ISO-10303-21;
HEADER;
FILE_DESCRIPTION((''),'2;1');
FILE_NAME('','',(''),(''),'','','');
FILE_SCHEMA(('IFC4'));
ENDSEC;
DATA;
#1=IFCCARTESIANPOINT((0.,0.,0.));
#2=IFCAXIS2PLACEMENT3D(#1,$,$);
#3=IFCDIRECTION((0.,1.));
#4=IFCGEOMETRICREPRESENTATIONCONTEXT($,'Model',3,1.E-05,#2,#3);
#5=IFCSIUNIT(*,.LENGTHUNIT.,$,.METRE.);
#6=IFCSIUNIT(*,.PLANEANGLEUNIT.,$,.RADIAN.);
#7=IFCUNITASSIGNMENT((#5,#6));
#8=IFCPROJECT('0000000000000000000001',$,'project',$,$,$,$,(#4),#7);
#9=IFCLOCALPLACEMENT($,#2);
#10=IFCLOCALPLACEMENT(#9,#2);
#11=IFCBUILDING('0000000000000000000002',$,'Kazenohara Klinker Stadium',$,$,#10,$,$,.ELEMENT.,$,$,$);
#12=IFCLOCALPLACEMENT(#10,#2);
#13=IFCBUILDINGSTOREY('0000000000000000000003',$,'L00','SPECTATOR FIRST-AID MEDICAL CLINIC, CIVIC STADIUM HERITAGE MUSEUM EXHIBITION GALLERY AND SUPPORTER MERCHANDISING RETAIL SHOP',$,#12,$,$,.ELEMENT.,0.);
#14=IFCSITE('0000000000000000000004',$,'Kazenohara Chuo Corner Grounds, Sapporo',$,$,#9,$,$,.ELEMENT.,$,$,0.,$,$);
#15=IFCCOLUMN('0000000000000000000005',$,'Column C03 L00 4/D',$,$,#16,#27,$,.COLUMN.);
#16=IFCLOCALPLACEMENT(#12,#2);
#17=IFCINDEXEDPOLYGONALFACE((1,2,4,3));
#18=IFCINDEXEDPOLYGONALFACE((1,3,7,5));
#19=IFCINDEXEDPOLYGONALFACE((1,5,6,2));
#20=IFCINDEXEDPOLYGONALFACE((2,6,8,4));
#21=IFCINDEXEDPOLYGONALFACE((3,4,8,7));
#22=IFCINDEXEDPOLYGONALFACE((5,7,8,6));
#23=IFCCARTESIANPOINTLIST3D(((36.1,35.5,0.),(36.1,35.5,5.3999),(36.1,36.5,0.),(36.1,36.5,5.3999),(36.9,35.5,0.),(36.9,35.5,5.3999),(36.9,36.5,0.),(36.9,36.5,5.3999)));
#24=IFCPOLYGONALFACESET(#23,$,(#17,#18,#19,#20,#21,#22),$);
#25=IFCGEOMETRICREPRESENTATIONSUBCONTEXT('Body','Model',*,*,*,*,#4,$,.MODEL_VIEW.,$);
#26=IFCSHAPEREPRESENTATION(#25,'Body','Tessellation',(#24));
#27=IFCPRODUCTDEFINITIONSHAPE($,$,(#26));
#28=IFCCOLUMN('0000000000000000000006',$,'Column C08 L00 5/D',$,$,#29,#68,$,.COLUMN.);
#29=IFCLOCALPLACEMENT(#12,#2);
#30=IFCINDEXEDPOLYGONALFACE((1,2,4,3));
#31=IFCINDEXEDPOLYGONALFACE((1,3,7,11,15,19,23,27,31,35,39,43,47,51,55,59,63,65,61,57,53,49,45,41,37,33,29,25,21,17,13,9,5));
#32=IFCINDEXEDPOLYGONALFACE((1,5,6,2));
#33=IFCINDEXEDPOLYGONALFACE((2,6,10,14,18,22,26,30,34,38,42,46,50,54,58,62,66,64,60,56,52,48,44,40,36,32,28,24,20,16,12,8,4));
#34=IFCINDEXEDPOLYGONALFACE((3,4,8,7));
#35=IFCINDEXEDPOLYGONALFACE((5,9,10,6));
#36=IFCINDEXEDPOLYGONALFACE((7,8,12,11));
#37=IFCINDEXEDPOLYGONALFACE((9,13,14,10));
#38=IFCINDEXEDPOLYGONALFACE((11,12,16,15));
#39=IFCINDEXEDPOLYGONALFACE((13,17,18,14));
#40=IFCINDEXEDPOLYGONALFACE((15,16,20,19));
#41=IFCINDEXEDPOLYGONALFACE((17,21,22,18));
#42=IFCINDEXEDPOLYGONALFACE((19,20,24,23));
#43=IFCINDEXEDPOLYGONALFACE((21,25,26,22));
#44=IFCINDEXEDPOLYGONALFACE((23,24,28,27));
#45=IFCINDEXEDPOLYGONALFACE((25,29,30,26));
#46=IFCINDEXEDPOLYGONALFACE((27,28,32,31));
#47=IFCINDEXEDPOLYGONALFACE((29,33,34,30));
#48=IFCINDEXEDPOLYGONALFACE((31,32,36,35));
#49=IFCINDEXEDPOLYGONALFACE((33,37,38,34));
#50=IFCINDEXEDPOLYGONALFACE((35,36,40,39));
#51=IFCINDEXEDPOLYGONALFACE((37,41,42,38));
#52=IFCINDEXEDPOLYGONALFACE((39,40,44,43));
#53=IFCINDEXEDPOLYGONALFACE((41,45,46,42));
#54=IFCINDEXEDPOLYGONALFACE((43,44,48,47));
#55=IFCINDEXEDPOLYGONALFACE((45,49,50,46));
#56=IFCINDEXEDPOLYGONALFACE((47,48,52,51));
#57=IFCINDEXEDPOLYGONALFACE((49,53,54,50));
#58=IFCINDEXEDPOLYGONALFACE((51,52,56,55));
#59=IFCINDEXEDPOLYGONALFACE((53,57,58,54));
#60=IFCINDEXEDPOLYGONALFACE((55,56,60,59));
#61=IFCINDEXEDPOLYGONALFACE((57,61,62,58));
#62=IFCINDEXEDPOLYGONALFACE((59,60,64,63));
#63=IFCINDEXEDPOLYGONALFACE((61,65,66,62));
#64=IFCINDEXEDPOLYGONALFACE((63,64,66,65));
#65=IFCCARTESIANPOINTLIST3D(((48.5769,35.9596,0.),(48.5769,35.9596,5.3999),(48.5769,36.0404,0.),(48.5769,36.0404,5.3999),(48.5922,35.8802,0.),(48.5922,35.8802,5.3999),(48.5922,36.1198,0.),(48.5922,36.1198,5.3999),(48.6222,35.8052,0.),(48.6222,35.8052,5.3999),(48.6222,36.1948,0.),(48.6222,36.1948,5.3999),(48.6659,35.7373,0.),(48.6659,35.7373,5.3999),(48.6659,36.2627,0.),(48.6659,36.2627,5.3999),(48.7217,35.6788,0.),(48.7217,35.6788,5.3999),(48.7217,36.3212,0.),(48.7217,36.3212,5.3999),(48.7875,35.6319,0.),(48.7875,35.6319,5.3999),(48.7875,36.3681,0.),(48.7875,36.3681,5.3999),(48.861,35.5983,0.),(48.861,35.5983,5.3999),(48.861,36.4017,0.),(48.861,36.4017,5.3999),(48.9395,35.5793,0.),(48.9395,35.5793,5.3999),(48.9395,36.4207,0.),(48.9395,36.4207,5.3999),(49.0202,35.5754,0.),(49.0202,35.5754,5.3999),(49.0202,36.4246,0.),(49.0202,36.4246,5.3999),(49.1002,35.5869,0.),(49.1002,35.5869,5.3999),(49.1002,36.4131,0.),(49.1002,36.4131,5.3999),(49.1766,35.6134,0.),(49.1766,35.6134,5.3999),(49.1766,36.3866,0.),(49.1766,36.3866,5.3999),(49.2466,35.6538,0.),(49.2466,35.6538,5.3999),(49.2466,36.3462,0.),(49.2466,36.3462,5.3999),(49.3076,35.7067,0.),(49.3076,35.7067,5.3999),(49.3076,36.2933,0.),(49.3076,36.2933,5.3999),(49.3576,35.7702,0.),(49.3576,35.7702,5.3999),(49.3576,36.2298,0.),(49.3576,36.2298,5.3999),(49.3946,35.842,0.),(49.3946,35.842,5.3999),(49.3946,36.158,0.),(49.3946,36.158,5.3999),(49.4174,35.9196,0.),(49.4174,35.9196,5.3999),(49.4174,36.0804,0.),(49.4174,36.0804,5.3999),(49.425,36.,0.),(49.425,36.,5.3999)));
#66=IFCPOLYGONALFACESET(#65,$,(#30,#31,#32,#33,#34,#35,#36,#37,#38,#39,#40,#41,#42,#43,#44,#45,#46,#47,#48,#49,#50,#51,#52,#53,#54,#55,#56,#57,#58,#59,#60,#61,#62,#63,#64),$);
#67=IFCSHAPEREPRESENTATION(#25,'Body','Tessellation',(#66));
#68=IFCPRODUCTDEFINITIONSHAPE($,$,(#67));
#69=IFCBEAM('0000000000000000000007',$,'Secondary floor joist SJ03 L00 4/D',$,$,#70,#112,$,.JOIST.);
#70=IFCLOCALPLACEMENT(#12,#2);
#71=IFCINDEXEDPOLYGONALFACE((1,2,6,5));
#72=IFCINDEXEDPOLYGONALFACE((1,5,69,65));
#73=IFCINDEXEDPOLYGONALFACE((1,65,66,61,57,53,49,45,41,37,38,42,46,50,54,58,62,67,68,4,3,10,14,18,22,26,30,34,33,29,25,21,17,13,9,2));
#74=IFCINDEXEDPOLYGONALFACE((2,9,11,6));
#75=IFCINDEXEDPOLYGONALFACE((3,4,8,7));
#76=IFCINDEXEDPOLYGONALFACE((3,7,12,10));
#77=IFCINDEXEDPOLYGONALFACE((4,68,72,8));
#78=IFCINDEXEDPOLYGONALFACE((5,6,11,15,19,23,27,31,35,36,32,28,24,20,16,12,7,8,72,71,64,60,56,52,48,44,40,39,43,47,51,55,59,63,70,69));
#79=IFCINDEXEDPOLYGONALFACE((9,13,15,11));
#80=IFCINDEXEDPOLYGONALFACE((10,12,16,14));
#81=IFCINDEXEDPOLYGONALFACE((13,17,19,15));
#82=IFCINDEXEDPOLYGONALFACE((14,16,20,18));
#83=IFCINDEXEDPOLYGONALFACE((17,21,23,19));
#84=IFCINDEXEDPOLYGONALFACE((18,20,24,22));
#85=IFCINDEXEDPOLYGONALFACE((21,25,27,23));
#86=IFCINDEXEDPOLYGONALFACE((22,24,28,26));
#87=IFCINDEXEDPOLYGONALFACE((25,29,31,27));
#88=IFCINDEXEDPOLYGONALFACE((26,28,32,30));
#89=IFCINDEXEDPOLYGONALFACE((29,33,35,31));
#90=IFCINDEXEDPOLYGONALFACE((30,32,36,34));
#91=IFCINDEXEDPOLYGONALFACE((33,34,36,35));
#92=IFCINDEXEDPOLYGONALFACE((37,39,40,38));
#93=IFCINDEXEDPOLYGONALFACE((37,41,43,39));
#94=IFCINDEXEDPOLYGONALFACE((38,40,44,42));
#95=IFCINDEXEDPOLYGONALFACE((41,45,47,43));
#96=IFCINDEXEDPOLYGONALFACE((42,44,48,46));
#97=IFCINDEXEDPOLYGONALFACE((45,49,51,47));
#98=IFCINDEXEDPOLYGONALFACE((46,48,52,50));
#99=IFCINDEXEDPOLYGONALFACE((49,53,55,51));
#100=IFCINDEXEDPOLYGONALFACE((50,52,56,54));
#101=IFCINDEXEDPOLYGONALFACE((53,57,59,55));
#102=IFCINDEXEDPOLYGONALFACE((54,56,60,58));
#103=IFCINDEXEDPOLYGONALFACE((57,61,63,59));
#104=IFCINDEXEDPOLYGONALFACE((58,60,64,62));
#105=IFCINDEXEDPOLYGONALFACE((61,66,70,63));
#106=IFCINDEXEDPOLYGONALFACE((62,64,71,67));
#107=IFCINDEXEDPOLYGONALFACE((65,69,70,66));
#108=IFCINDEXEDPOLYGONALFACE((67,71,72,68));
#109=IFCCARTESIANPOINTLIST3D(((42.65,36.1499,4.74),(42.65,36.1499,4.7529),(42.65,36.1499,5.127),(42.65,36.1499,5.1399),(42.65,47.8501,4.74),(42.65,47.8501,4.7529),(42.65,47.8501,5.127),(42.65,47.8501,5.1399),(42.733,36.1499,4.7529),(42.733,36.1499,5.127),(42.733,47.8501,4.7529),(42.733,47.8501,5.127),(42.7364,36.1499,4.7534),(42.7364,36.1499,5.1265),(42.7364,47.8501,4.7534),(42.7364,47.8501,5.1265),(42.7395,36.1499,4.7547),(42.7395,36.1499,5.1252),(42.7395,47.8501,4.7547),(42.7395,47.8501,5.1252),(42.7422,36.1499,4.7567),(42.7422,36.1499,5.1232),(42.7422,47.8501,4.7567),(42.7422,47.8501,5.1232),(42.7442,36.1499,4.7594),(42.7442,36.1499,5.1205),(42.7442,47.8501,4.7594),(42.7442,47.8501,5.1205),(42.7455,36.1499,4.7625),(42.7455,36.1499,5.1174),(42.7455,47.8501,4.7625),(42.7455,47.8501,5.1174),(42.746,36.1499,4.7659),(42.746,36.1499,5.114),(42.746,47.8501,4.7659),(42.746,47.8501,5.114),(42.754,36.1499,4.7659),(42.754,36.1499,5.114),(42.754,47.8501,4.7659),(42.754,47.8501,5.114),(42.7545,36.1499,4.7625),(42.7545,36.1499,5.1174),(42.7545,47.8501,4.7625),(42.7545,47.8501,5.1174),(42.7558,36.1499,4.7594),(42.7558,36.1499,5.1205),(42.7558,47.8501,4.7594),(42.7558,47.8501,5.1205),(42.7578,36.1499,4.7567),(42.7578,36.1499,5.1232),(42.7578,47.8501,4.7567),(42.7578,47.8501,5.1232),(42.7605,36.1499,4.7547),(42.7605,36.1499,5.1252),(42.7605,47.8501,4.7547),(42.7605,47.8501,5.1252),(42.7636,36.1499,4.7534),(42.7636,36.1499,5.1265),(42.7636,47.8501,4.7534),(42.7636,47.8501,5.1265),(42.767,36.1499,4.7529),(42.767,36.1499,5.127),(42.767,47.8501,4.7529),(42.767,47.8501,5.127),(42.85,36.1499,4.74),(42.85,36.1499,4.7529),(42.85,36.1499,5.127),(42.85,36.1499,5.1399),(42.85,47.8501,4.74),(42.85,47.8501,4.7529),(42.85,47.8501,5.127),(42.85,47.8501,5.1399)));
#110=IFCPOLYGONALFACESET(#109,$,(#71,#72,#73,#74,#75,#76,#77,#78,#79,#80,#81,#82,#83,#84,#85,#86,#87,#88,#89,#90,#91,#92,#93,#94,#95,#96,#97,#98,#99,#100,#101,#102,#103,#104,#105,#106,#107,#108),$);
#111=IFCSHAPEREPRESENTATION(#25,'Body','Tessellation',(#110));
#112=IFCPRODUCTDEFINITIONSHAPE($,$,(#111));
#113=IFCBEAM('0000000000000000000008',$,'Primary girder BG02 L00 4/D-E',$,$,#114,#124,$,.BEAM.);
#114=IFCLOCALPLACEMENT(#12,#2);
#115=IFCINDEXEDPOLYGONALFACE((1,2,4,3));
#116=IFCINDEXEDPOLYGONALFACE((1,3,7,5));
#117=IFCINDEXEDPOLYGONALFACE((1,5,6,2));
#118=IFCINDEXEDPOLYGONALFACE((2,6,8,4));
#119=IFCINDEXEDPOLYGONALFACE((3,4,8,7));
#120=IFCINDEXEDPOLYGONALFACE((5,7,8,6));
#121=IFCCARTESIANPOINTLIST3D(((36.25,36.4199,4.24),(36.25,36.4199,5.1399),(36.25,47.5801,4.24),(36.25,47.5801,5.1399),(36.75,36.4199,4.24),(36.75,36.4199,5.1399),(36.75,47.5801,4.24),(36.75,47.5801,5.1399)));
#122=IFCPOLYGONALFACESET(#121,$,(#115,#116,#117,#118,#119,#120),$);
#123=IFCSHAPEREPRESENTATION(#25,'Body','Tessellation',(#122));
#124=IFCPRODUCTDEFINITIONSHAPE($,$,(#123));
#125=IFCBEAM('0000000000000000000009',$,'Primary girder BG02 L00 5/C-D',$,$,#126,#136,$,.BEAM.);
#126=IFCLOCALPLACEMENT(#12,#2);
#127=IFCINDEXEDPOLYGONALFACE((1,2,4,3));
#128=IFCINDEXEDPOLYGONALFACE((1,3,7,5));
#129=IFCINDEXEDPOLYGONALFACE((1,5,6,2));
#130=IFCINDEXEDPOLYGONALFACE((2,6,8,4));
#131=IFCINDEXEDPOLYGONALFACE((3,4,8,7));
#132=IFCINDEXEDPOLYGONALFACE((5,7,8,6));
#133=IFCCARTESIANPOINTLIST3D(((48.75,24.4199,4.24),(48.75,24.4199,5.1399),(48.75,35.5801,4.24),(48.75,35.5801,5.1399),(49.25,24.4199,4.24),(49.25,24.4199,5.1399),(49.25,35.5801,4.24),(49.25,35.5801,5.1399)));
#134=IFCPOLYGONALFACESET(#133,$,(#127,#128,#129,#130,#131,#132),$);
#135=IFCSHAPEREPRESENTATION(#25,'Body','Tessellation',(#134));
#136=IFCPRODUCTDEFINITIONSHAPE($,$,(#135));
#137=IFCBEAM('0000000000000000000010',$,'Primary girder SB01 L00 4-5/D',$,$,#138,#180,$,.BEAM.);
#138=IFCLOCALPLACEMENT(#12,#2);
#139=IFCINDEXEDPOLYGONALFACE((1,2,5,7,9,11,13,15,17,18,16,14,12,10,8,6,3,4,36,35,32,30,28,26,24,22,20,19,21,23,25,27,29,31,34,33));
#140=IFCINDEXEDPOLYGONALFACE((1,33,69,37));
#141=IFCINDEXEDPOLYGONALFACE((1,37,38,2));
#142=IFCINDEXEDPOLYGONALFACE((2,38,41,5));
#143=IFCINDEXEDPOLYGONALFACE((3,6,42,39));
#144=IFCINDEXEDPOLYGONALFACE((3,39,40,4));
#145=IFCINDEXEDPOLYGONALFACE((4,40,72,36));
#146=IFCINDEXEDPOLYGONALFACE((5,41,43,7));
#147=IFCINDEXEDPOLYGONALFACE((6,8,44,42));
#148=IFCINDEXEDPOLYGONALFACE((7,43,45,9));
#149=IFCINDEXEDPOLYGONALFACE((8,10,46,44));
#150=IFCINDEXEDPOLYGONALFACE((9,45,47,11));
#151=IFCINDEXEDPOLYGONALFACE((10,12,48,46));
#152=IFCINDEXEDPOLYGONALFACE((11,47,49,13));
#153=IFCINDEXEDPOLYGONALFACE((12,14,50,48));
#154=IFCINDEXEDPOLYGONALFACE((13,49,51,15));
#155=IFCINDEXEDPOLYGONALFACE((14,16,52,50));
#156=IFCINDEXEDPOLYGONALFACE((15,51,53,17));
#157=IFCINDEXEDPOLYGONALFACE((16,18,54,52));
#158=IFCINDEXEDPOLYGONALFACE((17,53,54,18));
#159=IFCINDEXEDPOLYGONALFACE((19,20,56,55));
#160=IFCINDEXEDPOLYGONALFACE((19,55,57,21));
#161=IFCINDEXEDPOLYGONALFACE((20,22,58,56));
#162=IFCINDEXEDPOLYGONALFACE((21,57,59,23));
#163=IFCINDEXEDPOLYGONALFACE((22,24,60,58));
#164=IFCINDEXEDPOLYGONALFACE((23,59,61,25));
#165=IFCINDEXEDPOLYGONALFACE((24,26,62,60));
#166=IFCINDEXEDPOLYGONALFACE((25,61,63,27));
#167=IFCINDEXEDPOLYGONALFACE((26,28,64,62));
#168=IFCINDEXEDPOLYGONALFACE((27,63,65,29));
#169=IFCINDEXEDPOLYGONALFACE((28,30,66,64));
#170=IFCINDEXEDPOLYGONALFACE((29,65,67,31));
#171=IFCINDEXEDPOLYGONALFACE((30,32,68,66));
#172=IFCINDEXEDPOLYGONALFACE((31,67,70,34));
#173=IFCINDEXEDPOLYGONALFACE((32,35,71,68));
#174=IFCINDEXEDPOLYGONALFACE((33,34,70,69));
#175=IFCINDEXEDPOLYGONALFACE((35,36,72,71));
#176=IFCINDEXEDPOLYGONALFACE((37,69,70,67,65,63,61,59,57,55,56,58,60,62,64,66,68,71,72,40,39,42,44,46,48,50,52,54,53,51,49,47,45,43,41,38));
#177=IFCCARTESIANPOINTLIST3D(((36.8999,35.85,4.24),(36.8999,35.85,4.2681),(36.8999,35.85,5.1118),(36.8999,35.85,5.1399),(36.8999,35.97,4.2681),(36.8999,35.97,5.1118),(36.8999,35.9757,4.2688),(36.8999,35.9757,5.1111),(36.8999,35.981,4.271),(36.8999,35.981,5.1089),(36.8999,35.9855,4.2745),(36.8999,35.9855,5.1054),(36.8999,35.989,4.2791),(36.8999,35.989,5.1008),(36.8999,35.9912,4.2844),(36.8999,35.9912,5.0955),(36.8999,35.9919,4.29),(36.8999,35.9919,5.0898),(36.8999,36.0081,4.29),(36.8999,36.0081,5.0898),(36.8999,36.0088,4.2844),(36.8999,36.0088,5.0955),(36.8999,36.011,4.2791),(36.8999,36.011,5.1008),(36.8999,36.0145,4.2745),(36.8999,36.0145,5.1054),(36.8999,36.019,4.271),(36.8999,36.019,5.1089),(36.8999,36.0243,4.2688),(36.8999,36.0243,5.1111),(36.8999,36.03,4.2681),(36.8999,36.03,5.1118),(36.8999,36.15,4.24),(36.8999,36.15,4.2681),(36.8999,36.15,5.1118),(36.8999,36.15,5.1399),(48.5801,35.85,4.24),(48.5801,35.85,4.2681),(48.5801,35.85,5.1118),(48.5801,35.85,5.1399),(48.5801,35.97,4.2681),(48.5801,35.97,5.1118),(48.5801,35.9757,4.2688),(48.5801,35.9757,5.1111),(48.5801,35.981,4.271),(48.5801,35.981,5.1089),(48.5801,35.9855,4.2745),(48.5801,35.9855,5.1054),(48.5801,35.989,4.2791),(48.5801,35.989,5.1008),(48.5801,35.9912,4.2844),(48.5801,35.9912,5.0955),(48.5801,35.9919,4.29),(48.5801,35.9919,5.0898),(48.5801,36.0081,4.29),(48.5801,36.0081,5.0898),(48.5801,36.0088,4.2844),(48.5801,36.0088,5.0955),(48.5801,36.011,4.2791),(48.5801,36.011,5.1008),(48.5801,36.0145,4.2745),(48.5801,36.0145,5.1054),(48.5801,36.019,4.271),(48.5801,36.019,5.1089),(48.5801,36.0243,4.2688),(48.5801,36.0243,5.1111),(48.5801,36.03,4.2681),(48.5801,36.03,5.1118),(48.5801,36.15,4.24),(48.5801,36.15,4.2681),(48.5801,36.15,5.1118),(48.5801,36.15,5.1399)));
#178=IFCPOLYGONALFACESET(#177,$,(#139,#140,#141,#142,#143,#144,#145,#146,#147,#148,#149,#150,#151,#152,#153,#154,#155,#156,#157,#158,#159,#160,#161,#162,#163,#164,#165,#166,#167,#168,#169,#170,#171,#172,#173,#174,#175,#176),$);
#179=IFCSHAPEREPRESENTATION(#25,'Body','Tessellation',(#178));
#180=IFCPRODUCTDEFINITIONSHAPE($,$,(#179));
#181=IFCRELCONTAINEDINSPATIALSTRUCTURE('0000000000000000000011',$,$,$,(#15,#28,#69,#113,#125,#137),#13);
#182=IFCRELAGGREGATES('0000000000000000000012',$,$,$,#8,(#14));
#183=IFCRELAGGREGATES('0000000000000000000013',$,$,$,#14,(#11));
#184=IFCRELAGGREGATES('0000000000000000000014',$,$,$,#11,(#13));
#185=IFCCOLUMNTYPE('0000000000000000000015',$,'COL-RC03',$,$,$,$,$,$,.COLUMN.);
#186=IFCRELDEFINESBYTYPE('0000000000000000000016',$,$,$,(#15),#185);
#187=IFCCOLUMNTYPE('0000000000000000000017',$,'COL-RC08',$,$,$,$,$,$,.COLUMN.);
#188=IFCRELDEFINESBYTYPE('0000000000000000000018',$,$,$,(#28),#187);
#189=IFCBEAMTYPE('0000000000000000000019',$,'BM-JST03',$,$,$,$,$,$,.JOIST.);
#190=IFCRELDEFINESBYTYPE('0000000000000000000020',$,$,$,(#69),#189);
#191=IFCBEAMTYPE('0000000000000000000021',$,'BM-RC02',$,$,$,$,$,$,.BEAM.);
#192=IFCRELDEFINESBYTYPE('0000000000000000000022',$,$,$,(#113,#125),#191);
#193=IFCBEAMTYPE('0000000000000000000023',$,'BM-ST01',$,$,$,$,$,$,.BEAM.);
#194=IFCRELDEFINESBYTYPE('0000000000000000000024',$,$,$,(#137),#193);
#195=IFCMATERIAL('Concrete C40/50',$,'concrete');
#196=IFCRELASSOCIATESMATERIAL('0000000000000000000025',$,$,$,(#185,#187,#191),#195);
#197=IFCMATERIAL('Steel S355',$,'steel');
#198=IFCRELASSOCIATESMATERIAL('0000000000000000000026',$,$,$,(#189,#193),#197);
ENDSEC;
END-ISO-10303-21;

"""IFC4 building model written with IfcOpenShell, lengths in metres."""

from ifc_helpers import new_model, si_unit, direction, frame, origin, origin_2d, place, context, subcontext, project, spatial, rectangle, circle, i_section, extrude, material, material_profile, profile_set, type_object, element, save


model = new_model("IFC4")

# Units and contexts
model_context = context("Model", 3, precision=1e-05, world=origin(), true_north=direction((0.0, 1.0)))
body_context = subcontext(model_context, "Body", "Model", "MODEL_VIEW")
ifc_project = project(units=[si_unit("LENGTHUNIT", "METRE"), si_unit("PLANEANGLEUNIT", "RADIAN")], contexts=[model_context])

# Site, building, storey
site_placement = place(None, origin())
site = spatial("IfcSite", under=ifc_project, at=site_placement, Name="Kazenohara Chuo Corner Grounds, Sapporo", CompositionType="ELEMENT", RefElevation=0.0)
building_placement = place(site_placement, origin())
building = spatial("IfcBuilding", under=site, at=building_placement, Name="Kazenohara Klinker Stadium", CompositionType="ELEMENT")
storey_placement = place(building_placement, origin())
storey = spatial("IfcBuildingStorey", under=building, at=storey_placement, Name="L00", Description="SPECTATOR FIRST-AID MEDICAL CLINIC, CIVIC STADIUM HERITAGE MUSEUM EXHIBITION GALLERY AND SUPPORTER MERCHANDISING RETAIL SHOP", CompositionType="ELEMENT", Elevation=0.0)

# Columns
ifc_material_1 = material(Name="Concrete C40/50", Category="concrete")
ifc_material_profile_1 = material_profile(ifc_material_1, rectangle(XDim=0.8, YDim=1.0, at=origin_2d()), Name="RC-COL-1000x800")
ifc_profile_set_1 = profile_set([ifc_material_profile_1], Name="Concrete C40/50")
column_type_1 = type_object("IfcColumnType", Name="COL-RC03", PredefinedType="COLUMN", material=ifc_profile_set_1)
column_1_placement = place(storey_placement, frame((36.5, 36.0, 0.0), z_axis=(0.0, 0.0, 1.0), x_axis=(1.0, 0.0, 0.0)))
element("IfcColumn", 1, at=column_1_placement, inside=storey, type_object=column_type_1, Name="Column C03 L00 4/D", PredefinedType="COLUMN", context=body_context, shape_type="SweptSolid", body=[
    extrude(rectangle(XDim=0.8, YDim=1.0, at=origin_2d()), origin(), (0.0, 0.0, 1.0), 5.3999),
])
ifc_material_profile_2 = material_profile(ifc_material_1, circle(Radius=0.425, at=origin_2d()), Name="RC-COL-D850")
ifc_profile_set_2 = profile_set([ifc_material_profile_2], Name="Concrete C40/50")
column_type_2 = type_object("IfcColumnType", Name="COL-RC08", PredefinedType="COLUMN", material=ifc_profile_set_2)
column_2_placement = place(storey_placement, frame((49.0, 36.0, 0.0), z_axis=(0.0, 0.0, 1.0), x_axis=(1.0, 0.0, 0.0)))
element("IfcColumn", 2, at=column_2_placement, inside=storey, type_object=column_type_2, Name="Column C08 L00 5/D", PredefinedType="COLUMN", context=body_context, shape_type="SweptSolid", body=[
    extrude(circle(Radius=0.425, at=origin_2d()), origin(), (0.0, 0.0, 1.0), 5.3999),
])

# Beams
ifc_material_2 = material(Name="Steel S355", Category="steel")
ifc_material_profile_3 = material_profile(ifc_material_2, i_section(OverallWidth=0.2, OverallDepth=0.3999, WebThickness=0.0081, FlangeThickness=0.0129, FilletRadius=0.0129, at=origin_2d()), Name="H-400x200x8x13")
ifc_profile_set_3 = profile_set([ifc_material_profile_3], Name="Steel S355")
beam_type_1 = type_object("IfcBeamType", Name="BM-JST03", PredefinedType="JOIST", material=ifc_profile_set_3)
beam_1_placement = place(storey_placement, frame((42.75, 36.1499, 4.9399), z_axis=(0.0, 1.0, 0.0), x_axis=(-1.0, 0.0, 0.0)))
element("IfcBeam", 3, at=beam_1_placement, inside=storey, type_object=beam_type_1, Name="Secondary floor joist SJ03 L00 4/D", PredefinedType="JOIST", context=body_context, shape_type="SweptSolid", body=[
    extrude(i_section(OverallWidth=0.2, OverallDepth=0.3999, WebThickness=0.0081, FlangeThickness=0.0129, FilletRadius=0.0129, at=origin_2d()), origin(), (0.0, 0.0, 1.0), 11.7002),
])
ifc_material_profile_4 = material_profile(ifc_material_1, rectangle(XDim=0.5, YDim=0.8999, at=origin_2d()), Name="RC-BM-500x900")
ifc_profile_set_4 = profile_set([ifc_material_profile_4], Name="Concrete C40/50")
beam_type_2 = type_object("IfcBeamType", Name="BM-RC02", PredefinedType="BEAM", material=ifc_profile_set_4)
for number, where, z_axis, x_axis, name in (
    (4, (36.5, 36.4199, 4.6899), (0.0, 1.0, 0.0), (-1.0, 0.0, 0.0), "Primary girder BG02 L00 4/D-E"),
    (5, (49.0, 24.4199, 4.6899), (0.0, 1.0, 0.0), (-1.0, 0.0, 0.0), "Primary girder BG02 L00 5/C-D"),
):
    element("IfcBeam", number, at=place(storey_placement, frame(where, z_axis=z_axis, x_axis=x_axis)), inside=storey, type_object=beam_type_2, Name=name, PredefinedType="BEAM", context=body_context, shape_type="SweptSolid", body=[
        extrude(rectangle(XDim=0.5, YDim=0.8999, at=origin_2d()), origin(), (0.0, 0.0, 1.0), 11.1602),
    ])
ifc_material_profile_5 = material_profile(ifc_material_2, i_section(OverallWidth=0.3, OverallDepth=0.8999, WebThickness=0.0161, FlangeThickness=0.0281, FilletRadius=0.022, at=origin_2d()), Name="H-900x300x16x28")
ifc_profile_set_5 = profile_set([ifc_material_profile_5], Name="Steel S355")
beam_type_3 = type_object("IfcBeamType", Name="BM-ST01", PredefinedType="BEAM", material=ifc_profile_set_5)
beam_2_placement = place(storey_placement, frame((36.8999, 36.0, 4.6899), z_axis=(1.0, 0.0, 0.0), x_axis=(0.0, 1.0, 0.0)))
element("IfcBeam", 6, at=beam_2_placement, inside=storey, type_object=beam_type_3, Name="Primary girder SB01 L00 4-5/D", PredefinedType="BEAM", context=body_context, shape_type="SweptSolid", body=[
    extrude(i_section(OverallWidth=0.3, OverallDepth=0.8999, WebThickness=0.0161, FlangeThickness=0.0281, FilletRadius=0.022, at=origin_2d()), origin(), (0.0, 0.0, 1.0), 11.6802),
])

save(model, "model.ifc")
